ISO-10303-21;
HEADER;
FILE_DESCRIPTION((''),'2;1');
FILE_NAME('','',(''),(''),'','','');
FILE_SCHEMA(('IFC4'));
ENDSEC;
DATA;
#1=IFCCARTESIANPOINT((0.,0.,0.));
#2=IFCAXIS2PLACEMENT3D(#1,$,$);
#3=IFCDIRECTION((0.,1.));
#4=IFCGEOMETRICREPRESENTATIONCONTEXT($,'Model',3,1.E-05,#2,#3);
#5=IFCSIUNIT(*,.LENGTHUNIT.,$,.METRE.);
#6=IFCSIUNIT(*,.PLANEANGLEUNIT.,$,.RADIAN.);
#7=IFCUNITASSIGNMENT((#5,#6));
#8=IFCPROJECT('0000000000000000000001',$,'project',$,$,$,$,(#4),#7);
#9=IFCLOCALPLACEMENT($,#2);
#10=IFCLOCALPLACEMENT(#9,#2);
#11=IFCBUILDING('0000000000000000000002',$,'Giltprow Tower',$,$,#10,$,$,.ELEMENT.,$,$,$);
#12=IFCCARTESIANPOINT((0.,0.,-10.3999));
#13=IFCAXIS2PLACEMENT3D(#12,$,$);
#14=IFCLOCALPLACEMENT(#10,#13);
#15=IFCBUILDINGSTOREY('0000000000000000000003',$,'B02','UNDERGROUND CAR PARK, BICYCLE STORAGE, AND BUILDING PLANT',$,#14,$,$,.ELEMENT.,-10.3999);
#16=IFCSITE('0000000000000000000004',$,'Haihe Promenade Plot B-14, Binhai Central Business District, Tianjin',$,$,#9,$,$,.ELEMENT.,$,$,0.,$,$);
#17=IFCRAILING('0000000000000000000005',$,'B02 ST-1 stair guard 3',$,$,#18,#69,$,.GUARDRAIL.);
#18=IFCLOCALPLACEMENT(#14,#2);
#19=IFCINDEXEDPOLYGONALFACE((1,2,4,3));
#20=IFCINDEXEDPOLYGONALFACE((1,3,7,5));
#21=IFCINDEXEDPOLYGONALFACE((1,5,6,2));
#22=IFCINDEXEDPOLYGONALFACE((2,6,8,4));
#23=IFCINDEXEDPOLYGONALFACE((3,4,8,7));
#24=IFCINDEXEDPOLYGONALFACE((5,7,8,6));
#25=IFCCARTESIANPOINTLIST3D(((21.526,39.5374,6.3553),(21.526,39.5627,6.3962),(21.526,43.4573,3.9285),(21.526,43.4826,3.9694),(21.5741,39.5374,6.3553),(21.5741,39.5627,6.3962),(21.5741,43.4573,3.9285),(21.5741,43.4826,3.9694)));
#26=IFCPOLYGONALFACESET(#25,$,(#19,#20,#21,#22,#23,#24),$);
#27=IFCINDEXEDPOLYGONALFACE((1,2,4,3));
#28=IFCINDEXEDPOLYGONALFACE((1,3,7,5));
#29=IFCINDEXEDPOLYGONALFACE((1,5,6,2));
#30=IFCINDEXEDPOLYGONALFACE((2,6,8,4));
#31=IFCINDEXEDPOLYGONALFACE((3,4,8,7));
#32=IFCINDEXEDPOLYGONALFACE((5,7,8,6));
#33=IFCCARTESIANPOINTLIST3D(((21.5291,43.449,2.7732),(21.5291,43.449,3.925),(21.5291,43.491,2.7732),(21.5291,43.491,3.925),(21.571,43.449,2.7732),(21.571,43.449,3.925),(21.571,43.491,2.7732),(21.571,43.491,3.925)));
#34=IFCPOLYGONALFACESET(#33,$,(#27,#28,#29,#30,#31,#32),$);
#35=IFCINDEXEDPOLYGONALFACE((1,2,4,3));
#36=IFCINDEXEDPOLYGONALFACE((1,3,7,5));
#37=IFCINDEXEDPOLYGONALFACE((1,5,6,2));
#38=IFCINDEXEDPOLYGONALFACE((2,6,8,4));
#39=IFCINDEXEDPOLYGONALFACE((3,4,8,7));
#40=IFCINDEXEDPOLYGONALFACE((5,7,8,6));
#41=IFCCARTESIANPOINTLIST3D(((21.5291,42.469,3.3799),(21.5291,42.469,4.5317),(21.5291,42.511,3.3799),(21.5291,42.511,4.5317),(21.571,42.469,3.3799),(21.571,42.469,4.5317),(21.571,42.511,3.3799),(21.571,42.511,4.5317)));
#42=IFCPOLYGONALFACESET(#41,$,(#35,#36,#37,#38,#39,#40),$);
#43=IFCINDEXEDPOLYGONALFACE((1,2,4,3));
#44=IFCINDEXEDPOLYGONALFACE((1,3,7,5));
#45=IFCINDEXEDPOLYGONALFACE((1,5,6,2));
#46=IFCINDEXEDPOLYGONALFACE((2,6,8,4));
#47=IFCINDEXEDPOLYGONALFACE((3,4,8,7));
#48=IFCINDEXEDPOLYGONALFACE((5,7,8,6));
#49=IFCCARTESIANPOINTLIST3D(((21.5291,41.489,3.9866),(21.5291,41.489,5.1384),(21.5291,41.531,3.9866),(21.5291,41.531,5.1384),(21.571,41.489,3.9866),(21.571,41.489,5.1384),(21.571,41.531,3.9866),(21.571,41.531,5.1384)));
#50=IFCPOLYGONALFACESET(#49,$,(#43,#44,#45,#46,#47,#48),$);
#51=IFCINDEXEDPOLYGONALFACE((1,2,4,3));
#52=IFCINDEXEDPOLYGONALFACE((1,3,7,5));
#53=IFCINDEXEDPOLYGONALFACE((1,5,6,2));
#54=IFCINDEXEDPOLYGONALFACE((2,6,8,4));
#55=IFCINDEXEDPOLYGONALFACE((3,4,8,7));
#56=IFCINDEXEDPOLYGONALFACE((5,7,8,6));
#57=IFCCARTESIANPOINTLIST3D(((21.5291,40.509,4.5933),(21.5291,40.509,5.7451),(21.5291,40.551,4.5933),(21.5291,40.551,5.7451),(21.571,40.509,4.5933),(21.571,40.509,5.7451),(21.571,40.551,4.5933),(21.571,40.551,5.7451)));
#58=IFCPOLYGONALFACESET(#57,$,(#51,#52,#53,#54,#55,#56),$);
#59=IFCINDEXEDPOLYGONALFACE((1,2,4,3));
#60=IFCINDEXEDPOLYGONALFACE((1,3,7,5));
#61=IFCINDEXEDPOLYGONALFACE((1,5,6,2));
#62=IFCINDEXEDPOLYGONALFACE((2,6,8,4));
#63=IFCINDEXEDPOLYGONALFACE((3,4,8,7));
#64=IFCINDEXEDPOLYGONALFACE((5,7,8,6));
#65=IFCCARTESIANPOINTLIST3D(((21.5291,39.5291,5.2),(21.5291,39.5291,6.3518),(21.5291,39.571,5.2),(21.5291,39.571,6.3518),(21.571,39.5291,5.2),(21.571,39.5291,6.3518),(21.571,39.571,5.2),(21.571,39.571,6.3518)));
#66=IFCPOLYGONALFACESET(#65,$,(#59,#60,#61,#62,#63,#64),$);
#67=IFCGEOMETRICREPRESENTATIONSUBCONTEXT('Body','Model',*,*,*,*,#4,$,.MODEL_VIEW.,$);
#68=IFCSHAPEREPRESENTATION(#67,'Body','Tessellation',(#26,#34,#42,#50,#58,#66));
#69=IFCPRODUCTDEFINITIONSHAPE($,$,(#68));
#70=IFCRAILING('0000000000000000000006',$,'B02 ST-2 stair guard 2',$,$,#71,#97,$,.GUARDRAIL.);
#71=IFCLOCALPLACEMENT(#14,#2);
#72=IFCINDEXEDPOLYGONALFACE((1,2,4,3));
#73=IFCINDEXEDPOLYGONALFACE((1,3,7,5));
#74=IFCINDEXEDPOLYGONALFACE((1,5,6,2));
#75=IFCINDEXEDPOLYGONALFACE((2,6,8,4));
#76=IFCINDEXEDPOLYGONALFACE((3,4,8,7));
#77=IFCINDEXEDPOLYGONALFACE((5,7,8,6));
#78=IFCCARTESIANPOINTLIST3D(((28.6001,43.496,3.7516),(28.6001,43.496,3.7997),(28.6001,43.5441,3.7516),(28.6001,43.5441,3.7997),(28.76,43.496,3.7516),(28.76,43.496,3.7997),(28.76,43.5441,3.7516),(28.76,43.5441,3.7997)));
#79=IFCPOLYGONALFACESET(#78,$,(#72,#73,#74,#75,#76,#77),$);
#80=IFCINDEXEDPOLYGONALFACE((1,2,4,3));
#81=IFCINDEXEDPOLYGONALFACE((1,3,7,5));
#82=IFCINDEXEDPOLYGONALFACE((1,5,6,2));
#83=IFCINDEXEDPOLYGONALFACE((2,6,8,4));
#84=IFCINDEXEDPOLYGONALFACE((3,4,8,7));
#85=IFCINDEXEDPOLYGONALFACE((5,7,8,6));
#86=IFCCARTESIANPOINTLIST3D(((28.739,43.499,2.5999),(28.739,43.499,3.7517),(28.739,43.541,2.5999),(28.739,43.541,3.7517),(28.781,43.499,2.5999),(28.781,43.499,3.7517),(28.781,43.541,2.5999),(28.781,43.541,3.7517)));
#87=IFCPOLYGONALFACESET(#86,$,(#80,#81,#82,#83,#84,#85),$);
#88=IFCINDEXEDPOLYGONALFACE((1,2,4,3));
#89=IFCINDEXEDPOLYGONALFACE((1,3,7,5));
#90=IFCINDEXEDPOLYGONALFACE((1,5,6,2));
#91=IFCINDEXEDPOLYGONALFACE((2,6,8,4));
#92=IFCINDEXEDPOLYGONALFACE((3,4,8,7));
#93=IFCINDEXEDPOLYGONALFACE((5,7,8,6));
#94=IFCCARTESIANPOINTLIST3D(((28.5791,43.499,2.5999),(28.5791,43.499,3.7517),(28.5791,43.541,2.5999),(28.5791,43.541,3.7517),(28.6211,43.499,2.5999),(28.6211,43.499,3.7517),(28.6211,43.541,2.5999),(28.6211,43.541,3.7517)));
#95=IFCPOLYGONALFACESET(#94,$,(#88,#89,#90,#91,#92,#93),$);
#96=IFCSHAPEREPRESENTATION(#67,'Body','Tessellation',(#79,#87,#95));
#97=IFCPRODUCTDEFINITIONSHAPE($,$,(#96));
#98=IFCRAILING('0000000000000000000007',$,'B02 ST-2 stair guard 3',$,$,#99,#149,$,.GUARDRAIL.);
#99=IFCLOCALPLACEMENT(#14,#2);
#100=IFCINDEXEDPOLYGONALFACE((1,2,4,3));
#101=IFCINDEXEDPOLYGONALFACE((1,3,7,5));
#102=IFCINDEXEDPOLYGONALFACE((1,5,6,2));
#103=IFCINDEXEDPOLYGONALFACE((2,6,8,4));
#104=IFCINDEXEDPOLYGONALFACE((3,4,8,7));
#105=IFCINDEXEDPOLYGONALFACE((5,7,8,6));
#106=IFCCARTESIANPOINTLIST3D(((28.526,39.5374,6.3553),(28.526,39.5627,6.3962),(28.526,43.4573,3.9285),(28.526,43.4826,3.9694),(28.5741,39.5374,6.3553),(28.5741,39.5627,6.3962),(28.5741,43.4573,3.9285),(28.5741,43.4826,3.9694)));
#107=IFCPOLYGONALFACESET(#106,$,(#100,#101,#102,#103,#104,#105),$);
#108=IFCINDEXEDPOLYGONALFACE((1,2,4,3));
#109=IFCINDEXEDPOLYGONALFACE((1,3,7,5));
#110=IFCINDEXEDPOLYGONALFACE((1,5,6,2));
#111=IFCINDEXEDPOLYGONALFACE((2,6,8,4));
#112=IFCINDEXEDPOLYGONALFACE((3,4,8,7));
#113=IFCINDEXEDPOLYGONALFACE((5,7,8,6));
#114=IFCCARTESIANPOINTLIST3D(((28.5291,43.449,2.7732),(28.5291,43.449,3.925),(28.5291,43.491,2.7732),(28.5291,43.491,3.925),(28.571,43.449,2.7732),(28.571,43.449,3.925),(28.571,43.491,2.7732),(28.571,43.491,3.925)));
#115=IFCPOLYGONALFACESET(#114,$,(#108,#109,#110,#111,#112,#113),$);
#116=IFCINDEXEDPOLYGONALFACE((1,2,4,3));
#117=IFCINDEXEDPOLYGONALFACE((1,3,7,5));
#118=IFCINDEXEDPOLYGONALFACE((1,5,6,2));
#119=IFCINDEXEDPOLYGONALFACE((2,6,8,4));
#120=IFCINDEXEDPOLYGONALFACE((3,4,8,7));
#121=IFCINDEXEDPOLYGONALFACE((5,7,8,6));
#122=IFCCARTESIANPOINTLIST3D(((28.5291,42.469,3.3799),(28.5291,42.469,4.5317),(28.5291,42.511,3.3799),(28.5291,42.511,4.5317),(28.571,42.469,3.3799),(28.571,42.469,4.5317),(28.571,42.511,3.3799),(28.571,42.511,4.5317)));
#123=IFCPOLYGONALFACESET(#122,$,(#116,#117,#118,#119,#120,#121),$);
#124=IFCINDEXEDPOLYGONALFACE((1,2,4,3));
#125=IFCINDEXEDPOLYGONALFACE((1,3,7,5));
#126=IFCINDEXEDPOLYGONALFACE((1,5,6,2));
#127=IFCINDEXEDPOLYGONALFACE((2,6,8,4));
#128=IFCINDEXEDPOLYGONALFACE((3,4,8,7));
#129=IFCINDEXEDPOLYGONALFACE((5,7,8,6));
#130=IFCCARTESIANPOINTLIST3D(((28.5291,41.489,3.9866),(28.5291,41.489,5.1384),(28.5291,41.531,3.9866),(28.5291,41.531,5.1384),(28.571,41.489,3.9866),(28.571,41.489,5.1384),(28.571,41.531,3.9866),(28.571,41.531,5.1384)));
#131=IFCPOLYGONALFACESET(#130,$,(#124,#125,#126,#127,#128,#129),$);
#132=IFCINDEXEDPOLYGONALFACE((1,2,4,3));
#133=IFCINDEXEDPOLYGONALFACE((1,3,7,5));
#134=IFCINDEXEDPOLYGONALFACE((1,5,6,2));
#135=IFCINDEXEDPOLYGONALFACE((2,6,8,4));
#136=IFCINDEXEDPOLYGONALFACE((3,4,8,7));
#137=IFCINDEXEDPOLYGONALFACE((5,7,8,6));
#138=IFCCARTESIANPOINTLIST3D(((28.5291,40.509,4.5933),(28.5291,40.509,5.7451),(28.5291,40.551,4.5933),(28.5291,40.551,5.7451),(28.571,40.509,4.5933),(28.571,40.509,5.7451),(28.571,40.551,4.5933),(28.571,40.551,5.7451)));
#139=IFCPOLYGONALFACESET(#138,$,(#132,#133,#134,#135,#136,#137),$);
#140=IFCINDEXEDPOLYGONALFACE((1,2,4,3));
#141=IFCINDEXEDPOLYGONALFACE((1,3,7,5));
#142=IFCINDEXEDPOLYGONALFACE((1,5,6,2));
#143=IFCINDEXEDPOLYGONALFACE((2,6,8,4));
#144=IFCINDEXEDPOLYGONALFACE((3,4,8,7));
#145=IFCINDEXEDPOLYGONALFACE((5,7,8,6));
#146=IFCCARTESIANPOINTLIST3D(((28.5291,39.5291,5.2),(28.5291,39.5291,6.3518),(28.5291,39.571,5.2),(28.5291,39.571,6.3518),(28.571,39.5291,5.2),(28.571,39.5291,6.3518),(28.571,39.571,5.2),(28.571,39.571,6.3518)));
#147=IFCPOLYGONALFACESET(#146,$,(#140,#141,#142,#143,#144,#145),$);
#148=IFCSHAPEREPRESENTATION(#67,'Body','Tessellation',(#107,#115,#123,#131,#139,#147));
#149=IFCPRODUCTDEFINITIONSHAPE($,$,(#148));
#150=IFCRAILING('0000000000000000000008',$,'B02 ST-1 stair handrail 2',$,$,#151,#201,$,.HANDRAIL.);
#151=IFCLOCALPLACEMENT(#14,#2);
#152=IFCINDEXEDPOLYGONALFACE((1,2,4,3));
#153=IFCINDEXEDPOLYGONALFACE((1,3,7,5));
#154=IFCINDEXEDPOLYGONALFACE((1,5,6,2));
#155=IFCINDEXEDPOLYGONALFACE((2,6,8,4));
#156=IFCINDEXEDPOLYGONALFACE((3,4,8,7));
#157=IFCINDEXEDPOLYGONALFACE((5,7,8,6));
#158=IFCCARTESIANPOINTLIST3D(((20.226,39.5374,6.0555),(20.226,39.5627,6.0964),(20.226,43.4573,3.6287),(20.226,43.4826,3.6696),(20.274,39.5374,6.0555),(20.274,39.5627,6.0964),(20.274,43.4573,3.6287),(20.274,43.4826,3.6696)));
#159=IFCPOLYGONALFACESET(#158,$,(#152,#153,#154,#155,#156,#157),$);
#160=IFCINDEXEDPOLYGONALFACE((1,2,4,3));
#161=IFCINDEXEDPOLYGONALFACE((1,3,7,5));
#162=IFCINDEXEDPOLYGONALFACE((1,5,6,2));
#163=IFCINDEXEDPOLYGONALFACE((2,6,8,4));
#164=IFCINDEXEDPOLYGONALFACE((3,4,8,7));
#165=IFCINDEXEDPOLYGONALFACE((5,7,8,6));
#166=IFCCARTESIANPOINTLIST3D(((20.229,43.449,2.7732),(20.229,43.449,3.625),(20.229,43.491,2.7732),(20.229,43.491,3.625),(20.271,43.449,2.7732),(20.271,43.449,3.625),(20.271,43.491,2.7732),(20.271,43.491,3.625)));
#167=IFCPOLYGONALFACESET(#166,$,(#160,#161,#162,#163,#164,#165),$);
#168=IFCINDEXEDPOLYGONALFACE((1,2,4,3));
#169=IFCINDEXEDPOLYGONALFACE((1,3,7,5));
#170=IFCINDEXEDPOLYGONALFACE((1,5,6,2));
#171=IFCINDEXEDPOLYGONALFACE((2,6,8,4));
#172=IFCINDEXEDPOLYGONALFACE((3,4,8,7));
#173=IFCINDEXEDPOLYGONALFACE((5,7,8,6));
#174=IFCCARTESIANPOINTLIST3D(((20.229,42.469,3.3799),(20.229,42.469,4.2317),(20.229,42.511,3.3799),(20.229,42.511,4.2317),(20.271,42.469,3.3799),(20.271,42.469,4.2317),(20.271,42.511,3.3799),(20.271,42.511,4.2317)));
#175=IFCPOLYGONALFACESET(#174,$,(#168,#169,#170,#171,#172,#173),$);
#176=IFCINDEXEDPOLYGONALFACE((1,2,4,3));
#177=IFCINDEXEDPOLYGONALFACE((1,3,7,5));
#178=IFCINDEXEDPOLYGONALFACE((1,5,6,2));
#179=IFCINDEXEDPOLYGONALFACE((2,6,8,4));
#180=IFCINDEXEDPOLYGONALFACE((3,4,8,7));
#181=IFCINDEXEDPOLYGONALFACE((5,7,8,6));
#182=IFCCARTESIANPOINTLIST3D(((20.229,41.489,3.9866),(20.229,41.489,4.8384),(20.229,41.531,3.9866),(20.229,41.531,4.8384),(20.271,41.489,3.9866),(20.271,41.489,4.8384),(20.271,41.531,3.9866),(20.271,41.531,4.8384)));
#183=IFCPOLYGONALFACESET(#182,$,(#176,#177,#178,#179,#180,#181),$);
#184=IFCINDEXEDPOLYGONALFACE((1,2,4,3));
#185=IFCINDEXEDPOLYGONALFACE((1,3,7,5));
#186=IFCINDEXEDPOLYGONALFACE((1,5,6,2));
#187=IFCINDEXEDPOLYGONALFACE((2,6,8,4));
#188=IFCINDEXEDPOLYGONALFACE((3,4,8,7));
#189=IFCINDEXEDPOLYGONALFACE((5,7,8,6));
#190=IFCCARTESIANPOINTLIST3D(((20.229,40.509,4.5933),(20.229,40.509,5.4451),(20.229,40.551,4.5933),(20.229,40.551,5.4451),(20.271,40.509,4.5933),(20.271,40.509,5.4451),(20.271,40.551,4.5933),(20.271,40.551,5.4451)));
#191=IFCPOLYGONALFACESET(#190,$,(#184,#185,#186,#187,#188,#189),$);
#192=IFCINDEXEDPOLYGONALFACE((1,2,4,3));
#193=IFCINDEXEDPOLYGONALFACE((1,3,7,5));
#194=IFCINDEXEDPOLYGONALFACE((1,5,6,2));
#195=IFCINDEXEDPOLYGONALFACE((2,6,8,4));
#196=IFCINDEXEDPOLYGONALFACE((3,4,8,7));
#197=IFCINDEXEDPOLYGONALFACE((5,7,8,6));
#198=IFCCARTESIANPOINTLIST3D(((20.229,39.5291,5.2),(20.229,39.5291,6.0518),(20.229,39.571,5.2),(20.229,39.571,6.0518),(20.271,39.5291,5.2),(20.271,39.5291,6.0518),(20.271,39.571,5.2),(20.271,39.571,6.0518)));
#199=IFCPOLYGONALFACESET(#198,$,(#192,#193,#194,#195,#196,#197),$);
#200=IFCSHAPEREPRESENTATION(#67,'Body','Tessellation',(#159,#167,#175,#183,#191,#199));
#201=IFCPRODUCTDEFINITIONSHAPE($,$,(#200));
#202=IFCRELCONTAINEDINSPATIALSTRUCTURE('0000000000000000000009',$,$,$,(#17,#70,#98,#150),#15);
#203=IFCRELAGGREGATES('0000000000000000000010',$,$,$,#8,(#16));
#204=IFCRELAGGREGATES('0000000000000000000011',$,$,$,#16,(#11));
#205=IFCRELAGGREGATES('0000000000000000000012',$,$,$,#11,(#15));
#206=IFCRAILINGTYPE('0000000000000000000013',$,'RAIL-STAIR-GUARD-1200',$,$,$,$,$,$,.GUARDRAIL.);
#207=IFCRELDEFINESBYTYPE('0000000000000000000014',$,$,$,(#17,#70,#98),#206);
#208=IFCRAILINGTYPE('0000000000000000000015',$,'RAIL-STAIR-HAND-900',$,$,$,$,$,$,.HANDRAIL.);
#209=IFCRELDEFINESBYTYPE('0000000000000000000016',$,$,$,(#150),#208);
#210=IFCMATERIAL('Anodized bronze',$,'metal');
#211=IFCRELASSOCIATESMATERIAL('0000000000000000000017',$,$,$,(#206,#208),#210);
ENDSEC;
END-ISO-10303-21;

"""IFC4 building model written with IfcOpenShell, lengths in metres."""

from ifc_helpers import new_model, si_unit, direction, frame, origin, origin_2d, place, context, subcontext, project, spatial, rectangle, extrude, material, type_object, element, save


model = new_model("IFC4")

# Units and contexts
model_context = context("Model", 3, precision=1e-05, world=origin(), true_north=direction((0.0, 1.0)))
body_context = subcontext(model_context, "Body", "Model", "MODEL_VIEW")
ifc_project = project(units=[si_unit("LENGTHUNIT", "METRE"), si_unit("PLANEANGLEUNIT", "RADIAN")], contexts=[model_context])

# Site, building, storey
site_placement = place(None, origin())
site = spatial("IfcSite", under=ifc_project, at=site_placement, Name="Haihe Promenade Plot B-14, Binhai Central Business District, Tianjin", CompositionType="ELEMENT", RefElevation=0.0)
building_placement = place(site_placement, origin())
building = spatial("IfcBuilding", under=site, at=building_placement, Name="Giltprow Tower", CompositionType="ELEMENT")
storey_placement = place(building_placement, frame((0.0, 0.0, -10.3999)))
storey = spatial("IfcBuildingStorey", under=building, at=storey_placement, Name="B02", Description="UNDERGROUND CAR PARK, BICYCLE STORAGE, AND BUILDING PLANT", CompositionType="ELEMENT", Elevation=-10.3999)

# Railings
ifc_material_1 = material(Name="Anodized bronze", Category="metal")
railing_type_1 = type_object("IfcRailingType", Name="RAIL-STAIR-GUARD-1200", PredefinedType="GUARDRAIL", material=ifc_material_1)
railing_1_placement = place(storey_placement, frame((21.55, 43.47, 2.7732)))
element("IfcRailing", 1, at=railing_1_placement, inside=storey, type_object=railing_type_1, Name="B02 ST-1 stair guard 3", PredefinedType="GUARDRAIL", context=body_context, shape_type="SweptSolid", body=[
    extrude(rectangle(XDim=0.0481, YDim=0.0481, at=origin_2d()), frame((0.0, 0.0, 1.1758), z_axis=(0.0, -0.850252, 0.526376), x_axis=(1.0, 0.0, 0.0)), (0.0, 0.0, 1.0), 4.6104),
    extrude(rectangle(XDim=0.042, YDim=0.042, at=origin_2d()), origin(), (0.0, 0.0, 1.0), 1.1519),
    extrude(rectangle(XDim=0.042, YDim=0.042, at=origin_2d()), frame((0.0, -0.98, 0.6067)), (0.0, 0.0, 1.0), 1.1519),
    extrude(rectangle(XDim=0.042, YDim=0.042, at=origin_2d()), frame((0.0, -1.96, 1.2134)), (0.0, 0.0, 1.0), 1.1519),
    extrude(rectangle(XDim=0.042, YDim=0.042, at=origin_2d()), frame((0.0, -2.9399, 1.8201)), (0.0, 0.0, 1.0), 1.1519),
    extrude(rectangle(XDim=0.042, YDim=0.042, at=origin_2d()), frame((0.0, -3.9199, 2.4268)), (0.0, 0.0, 1.0), 1.1519),
])
railing_2_placement = place(storey_placement, frame((28.76, 43.52, 2.5999)))
element("IfcRailing", 2, at=railing_2_placement, inside=storey, type_object=railing_type_1, Name="B02 ST-2 stair guard 2", PredefinedType="GUARDRAIL", context=body_context, shape_type="SweptSolid", body=[
    extrude(rectangle(XDim=0.0481, YDim=0.0481, at=origin_2d()), frame((0.0, 0.0, 1.1758), z_axis=(-1.0, 0.0, 0.0), x_axis=(0.0, -1.0, 0.0)), (0.0, 0.0, 1.0), 0.1599),
    extrude(rectangle(XDim=0.042, YDim=0.042, at=origin_2d()), origin(), (0.0, 0.0, 1.0), 1.1519),
    extrude(rectangle(XDim=0.042, YDim=0.042, at=origin_2d()), frame((-0.1599, 0.0, 0.0)), (0.0, 0.0, 1.0), 1.1519),
])
railing_3_placement = place(storey_placement, frame((28.55, 43.47, 2.7732)))
element("IfcRailing", 3, at=railing_3_placement, inside=storey, type_object=railing_type_1, Name="B02 ST-2 stair guard 3", PredefinedType="GUARDRAIL", context=body_context, shape_type="SweptSolid", body=[
    extrude(rectangle(XDim=0.0481, YDim=0.0481, at=origin_2d()), frame((0.0, 0.0, 1.1758), z_axis=(0.0, -0.850252, 0.526376), x_axis=(1.0, 0.0, 0.0)), (0.0, 0.0, 1.0), 4.6104),
    extrude(rectangle(XDim=0.042, YDim=0.042, at=origin_2d()), origin(), (0.0, 0.0, 1.0), 1.1519),
    extrude(rectangle(XDim=0.042, YDim=0.042, at=origin_2d()), frame((0.0, -0.98, 0.6067)), (0.0, 0.0, 1.0), 1.1519),
    extrude(rectangle(XDim=0.042, YDim=0.042, at=origin_2d()), frame((0.0, -1.96, 1.2134)), (0.0, 0.0, 1.0), 1.1519),
    extrude(rectangle(XDim=0.042, YDim=0.042, at=origin_2d()), frame((0.0, -2.9399, 1.8201)), (0.0, 0.0, 1.0), 1.1519),
    extrude(rectangle(XDim=0.042, YDim=0.042, at=origin_2d()), frame((0.0, -3.9199, 2.4268)), (0.0, 0.0, 1.0), 1.1519),
])
railing_type_2 = type_object("IfcRailingType", Name="RAIL-STAIR-HAND-900", PredefinedType="HANDRAIL", material=ifc_material_1)
for number, where, name in (
    (4, (20.25, 43.47, 2.7732), "B02 ST-1 stair handrail 2"),
):
    element("IfcRailing", number, at=place(storey_placement, frame(where)), inside=storey, type_object=railing_type_2, Name=name, PredefinedType="HANDRAIL", context=body_context, shape_type="SweptSolid", body=[
        extrude(rectangle(XDim=0.0481, YDim=0.0481, at=origin_2d()), frame((0.0, 0.0, 0.876), z_axis=(0.0, -0.850252, 0.526376), x_axis=(1.0, 0.0, 0.0)), (0.0, 0.0, 1.0), 4.6104),
        extrude(rectangle(XDim=0.042, YDim=0.042, at=origin_2d()), origin(), (0.0, 0.0, 1.0), 0.8518),
        extrude(rectangle(XDim=0.042, YDim=0.042, at=origin_2d()), frame((0.0, -0.98, 0.6067)), (0.0, 0.0, 1.0), 0.8518),
        extrude(rectangle(XDim=0.042, YDim=0.042, at=origin_2d()), frame((0.0, -1.96, 1.2134)), (0.0, 0.0, 1.0), 0.8518),
        extrude(rectangle(XDim=0.042, YDim=0.042, at=origin_2d()), frame((0.0, -2.9399, 1.8201)), (0.0, 0.0, 1.0), 0.8518),
        extrude(rectangle(XDim=0.042, YDim=0.042, at=origin_2d()), frame((0.0, -3.9199, 2.4268)), (0.0, 0.0, 1.0), 0.8518),
    ])

save(model, "model.ifc")
